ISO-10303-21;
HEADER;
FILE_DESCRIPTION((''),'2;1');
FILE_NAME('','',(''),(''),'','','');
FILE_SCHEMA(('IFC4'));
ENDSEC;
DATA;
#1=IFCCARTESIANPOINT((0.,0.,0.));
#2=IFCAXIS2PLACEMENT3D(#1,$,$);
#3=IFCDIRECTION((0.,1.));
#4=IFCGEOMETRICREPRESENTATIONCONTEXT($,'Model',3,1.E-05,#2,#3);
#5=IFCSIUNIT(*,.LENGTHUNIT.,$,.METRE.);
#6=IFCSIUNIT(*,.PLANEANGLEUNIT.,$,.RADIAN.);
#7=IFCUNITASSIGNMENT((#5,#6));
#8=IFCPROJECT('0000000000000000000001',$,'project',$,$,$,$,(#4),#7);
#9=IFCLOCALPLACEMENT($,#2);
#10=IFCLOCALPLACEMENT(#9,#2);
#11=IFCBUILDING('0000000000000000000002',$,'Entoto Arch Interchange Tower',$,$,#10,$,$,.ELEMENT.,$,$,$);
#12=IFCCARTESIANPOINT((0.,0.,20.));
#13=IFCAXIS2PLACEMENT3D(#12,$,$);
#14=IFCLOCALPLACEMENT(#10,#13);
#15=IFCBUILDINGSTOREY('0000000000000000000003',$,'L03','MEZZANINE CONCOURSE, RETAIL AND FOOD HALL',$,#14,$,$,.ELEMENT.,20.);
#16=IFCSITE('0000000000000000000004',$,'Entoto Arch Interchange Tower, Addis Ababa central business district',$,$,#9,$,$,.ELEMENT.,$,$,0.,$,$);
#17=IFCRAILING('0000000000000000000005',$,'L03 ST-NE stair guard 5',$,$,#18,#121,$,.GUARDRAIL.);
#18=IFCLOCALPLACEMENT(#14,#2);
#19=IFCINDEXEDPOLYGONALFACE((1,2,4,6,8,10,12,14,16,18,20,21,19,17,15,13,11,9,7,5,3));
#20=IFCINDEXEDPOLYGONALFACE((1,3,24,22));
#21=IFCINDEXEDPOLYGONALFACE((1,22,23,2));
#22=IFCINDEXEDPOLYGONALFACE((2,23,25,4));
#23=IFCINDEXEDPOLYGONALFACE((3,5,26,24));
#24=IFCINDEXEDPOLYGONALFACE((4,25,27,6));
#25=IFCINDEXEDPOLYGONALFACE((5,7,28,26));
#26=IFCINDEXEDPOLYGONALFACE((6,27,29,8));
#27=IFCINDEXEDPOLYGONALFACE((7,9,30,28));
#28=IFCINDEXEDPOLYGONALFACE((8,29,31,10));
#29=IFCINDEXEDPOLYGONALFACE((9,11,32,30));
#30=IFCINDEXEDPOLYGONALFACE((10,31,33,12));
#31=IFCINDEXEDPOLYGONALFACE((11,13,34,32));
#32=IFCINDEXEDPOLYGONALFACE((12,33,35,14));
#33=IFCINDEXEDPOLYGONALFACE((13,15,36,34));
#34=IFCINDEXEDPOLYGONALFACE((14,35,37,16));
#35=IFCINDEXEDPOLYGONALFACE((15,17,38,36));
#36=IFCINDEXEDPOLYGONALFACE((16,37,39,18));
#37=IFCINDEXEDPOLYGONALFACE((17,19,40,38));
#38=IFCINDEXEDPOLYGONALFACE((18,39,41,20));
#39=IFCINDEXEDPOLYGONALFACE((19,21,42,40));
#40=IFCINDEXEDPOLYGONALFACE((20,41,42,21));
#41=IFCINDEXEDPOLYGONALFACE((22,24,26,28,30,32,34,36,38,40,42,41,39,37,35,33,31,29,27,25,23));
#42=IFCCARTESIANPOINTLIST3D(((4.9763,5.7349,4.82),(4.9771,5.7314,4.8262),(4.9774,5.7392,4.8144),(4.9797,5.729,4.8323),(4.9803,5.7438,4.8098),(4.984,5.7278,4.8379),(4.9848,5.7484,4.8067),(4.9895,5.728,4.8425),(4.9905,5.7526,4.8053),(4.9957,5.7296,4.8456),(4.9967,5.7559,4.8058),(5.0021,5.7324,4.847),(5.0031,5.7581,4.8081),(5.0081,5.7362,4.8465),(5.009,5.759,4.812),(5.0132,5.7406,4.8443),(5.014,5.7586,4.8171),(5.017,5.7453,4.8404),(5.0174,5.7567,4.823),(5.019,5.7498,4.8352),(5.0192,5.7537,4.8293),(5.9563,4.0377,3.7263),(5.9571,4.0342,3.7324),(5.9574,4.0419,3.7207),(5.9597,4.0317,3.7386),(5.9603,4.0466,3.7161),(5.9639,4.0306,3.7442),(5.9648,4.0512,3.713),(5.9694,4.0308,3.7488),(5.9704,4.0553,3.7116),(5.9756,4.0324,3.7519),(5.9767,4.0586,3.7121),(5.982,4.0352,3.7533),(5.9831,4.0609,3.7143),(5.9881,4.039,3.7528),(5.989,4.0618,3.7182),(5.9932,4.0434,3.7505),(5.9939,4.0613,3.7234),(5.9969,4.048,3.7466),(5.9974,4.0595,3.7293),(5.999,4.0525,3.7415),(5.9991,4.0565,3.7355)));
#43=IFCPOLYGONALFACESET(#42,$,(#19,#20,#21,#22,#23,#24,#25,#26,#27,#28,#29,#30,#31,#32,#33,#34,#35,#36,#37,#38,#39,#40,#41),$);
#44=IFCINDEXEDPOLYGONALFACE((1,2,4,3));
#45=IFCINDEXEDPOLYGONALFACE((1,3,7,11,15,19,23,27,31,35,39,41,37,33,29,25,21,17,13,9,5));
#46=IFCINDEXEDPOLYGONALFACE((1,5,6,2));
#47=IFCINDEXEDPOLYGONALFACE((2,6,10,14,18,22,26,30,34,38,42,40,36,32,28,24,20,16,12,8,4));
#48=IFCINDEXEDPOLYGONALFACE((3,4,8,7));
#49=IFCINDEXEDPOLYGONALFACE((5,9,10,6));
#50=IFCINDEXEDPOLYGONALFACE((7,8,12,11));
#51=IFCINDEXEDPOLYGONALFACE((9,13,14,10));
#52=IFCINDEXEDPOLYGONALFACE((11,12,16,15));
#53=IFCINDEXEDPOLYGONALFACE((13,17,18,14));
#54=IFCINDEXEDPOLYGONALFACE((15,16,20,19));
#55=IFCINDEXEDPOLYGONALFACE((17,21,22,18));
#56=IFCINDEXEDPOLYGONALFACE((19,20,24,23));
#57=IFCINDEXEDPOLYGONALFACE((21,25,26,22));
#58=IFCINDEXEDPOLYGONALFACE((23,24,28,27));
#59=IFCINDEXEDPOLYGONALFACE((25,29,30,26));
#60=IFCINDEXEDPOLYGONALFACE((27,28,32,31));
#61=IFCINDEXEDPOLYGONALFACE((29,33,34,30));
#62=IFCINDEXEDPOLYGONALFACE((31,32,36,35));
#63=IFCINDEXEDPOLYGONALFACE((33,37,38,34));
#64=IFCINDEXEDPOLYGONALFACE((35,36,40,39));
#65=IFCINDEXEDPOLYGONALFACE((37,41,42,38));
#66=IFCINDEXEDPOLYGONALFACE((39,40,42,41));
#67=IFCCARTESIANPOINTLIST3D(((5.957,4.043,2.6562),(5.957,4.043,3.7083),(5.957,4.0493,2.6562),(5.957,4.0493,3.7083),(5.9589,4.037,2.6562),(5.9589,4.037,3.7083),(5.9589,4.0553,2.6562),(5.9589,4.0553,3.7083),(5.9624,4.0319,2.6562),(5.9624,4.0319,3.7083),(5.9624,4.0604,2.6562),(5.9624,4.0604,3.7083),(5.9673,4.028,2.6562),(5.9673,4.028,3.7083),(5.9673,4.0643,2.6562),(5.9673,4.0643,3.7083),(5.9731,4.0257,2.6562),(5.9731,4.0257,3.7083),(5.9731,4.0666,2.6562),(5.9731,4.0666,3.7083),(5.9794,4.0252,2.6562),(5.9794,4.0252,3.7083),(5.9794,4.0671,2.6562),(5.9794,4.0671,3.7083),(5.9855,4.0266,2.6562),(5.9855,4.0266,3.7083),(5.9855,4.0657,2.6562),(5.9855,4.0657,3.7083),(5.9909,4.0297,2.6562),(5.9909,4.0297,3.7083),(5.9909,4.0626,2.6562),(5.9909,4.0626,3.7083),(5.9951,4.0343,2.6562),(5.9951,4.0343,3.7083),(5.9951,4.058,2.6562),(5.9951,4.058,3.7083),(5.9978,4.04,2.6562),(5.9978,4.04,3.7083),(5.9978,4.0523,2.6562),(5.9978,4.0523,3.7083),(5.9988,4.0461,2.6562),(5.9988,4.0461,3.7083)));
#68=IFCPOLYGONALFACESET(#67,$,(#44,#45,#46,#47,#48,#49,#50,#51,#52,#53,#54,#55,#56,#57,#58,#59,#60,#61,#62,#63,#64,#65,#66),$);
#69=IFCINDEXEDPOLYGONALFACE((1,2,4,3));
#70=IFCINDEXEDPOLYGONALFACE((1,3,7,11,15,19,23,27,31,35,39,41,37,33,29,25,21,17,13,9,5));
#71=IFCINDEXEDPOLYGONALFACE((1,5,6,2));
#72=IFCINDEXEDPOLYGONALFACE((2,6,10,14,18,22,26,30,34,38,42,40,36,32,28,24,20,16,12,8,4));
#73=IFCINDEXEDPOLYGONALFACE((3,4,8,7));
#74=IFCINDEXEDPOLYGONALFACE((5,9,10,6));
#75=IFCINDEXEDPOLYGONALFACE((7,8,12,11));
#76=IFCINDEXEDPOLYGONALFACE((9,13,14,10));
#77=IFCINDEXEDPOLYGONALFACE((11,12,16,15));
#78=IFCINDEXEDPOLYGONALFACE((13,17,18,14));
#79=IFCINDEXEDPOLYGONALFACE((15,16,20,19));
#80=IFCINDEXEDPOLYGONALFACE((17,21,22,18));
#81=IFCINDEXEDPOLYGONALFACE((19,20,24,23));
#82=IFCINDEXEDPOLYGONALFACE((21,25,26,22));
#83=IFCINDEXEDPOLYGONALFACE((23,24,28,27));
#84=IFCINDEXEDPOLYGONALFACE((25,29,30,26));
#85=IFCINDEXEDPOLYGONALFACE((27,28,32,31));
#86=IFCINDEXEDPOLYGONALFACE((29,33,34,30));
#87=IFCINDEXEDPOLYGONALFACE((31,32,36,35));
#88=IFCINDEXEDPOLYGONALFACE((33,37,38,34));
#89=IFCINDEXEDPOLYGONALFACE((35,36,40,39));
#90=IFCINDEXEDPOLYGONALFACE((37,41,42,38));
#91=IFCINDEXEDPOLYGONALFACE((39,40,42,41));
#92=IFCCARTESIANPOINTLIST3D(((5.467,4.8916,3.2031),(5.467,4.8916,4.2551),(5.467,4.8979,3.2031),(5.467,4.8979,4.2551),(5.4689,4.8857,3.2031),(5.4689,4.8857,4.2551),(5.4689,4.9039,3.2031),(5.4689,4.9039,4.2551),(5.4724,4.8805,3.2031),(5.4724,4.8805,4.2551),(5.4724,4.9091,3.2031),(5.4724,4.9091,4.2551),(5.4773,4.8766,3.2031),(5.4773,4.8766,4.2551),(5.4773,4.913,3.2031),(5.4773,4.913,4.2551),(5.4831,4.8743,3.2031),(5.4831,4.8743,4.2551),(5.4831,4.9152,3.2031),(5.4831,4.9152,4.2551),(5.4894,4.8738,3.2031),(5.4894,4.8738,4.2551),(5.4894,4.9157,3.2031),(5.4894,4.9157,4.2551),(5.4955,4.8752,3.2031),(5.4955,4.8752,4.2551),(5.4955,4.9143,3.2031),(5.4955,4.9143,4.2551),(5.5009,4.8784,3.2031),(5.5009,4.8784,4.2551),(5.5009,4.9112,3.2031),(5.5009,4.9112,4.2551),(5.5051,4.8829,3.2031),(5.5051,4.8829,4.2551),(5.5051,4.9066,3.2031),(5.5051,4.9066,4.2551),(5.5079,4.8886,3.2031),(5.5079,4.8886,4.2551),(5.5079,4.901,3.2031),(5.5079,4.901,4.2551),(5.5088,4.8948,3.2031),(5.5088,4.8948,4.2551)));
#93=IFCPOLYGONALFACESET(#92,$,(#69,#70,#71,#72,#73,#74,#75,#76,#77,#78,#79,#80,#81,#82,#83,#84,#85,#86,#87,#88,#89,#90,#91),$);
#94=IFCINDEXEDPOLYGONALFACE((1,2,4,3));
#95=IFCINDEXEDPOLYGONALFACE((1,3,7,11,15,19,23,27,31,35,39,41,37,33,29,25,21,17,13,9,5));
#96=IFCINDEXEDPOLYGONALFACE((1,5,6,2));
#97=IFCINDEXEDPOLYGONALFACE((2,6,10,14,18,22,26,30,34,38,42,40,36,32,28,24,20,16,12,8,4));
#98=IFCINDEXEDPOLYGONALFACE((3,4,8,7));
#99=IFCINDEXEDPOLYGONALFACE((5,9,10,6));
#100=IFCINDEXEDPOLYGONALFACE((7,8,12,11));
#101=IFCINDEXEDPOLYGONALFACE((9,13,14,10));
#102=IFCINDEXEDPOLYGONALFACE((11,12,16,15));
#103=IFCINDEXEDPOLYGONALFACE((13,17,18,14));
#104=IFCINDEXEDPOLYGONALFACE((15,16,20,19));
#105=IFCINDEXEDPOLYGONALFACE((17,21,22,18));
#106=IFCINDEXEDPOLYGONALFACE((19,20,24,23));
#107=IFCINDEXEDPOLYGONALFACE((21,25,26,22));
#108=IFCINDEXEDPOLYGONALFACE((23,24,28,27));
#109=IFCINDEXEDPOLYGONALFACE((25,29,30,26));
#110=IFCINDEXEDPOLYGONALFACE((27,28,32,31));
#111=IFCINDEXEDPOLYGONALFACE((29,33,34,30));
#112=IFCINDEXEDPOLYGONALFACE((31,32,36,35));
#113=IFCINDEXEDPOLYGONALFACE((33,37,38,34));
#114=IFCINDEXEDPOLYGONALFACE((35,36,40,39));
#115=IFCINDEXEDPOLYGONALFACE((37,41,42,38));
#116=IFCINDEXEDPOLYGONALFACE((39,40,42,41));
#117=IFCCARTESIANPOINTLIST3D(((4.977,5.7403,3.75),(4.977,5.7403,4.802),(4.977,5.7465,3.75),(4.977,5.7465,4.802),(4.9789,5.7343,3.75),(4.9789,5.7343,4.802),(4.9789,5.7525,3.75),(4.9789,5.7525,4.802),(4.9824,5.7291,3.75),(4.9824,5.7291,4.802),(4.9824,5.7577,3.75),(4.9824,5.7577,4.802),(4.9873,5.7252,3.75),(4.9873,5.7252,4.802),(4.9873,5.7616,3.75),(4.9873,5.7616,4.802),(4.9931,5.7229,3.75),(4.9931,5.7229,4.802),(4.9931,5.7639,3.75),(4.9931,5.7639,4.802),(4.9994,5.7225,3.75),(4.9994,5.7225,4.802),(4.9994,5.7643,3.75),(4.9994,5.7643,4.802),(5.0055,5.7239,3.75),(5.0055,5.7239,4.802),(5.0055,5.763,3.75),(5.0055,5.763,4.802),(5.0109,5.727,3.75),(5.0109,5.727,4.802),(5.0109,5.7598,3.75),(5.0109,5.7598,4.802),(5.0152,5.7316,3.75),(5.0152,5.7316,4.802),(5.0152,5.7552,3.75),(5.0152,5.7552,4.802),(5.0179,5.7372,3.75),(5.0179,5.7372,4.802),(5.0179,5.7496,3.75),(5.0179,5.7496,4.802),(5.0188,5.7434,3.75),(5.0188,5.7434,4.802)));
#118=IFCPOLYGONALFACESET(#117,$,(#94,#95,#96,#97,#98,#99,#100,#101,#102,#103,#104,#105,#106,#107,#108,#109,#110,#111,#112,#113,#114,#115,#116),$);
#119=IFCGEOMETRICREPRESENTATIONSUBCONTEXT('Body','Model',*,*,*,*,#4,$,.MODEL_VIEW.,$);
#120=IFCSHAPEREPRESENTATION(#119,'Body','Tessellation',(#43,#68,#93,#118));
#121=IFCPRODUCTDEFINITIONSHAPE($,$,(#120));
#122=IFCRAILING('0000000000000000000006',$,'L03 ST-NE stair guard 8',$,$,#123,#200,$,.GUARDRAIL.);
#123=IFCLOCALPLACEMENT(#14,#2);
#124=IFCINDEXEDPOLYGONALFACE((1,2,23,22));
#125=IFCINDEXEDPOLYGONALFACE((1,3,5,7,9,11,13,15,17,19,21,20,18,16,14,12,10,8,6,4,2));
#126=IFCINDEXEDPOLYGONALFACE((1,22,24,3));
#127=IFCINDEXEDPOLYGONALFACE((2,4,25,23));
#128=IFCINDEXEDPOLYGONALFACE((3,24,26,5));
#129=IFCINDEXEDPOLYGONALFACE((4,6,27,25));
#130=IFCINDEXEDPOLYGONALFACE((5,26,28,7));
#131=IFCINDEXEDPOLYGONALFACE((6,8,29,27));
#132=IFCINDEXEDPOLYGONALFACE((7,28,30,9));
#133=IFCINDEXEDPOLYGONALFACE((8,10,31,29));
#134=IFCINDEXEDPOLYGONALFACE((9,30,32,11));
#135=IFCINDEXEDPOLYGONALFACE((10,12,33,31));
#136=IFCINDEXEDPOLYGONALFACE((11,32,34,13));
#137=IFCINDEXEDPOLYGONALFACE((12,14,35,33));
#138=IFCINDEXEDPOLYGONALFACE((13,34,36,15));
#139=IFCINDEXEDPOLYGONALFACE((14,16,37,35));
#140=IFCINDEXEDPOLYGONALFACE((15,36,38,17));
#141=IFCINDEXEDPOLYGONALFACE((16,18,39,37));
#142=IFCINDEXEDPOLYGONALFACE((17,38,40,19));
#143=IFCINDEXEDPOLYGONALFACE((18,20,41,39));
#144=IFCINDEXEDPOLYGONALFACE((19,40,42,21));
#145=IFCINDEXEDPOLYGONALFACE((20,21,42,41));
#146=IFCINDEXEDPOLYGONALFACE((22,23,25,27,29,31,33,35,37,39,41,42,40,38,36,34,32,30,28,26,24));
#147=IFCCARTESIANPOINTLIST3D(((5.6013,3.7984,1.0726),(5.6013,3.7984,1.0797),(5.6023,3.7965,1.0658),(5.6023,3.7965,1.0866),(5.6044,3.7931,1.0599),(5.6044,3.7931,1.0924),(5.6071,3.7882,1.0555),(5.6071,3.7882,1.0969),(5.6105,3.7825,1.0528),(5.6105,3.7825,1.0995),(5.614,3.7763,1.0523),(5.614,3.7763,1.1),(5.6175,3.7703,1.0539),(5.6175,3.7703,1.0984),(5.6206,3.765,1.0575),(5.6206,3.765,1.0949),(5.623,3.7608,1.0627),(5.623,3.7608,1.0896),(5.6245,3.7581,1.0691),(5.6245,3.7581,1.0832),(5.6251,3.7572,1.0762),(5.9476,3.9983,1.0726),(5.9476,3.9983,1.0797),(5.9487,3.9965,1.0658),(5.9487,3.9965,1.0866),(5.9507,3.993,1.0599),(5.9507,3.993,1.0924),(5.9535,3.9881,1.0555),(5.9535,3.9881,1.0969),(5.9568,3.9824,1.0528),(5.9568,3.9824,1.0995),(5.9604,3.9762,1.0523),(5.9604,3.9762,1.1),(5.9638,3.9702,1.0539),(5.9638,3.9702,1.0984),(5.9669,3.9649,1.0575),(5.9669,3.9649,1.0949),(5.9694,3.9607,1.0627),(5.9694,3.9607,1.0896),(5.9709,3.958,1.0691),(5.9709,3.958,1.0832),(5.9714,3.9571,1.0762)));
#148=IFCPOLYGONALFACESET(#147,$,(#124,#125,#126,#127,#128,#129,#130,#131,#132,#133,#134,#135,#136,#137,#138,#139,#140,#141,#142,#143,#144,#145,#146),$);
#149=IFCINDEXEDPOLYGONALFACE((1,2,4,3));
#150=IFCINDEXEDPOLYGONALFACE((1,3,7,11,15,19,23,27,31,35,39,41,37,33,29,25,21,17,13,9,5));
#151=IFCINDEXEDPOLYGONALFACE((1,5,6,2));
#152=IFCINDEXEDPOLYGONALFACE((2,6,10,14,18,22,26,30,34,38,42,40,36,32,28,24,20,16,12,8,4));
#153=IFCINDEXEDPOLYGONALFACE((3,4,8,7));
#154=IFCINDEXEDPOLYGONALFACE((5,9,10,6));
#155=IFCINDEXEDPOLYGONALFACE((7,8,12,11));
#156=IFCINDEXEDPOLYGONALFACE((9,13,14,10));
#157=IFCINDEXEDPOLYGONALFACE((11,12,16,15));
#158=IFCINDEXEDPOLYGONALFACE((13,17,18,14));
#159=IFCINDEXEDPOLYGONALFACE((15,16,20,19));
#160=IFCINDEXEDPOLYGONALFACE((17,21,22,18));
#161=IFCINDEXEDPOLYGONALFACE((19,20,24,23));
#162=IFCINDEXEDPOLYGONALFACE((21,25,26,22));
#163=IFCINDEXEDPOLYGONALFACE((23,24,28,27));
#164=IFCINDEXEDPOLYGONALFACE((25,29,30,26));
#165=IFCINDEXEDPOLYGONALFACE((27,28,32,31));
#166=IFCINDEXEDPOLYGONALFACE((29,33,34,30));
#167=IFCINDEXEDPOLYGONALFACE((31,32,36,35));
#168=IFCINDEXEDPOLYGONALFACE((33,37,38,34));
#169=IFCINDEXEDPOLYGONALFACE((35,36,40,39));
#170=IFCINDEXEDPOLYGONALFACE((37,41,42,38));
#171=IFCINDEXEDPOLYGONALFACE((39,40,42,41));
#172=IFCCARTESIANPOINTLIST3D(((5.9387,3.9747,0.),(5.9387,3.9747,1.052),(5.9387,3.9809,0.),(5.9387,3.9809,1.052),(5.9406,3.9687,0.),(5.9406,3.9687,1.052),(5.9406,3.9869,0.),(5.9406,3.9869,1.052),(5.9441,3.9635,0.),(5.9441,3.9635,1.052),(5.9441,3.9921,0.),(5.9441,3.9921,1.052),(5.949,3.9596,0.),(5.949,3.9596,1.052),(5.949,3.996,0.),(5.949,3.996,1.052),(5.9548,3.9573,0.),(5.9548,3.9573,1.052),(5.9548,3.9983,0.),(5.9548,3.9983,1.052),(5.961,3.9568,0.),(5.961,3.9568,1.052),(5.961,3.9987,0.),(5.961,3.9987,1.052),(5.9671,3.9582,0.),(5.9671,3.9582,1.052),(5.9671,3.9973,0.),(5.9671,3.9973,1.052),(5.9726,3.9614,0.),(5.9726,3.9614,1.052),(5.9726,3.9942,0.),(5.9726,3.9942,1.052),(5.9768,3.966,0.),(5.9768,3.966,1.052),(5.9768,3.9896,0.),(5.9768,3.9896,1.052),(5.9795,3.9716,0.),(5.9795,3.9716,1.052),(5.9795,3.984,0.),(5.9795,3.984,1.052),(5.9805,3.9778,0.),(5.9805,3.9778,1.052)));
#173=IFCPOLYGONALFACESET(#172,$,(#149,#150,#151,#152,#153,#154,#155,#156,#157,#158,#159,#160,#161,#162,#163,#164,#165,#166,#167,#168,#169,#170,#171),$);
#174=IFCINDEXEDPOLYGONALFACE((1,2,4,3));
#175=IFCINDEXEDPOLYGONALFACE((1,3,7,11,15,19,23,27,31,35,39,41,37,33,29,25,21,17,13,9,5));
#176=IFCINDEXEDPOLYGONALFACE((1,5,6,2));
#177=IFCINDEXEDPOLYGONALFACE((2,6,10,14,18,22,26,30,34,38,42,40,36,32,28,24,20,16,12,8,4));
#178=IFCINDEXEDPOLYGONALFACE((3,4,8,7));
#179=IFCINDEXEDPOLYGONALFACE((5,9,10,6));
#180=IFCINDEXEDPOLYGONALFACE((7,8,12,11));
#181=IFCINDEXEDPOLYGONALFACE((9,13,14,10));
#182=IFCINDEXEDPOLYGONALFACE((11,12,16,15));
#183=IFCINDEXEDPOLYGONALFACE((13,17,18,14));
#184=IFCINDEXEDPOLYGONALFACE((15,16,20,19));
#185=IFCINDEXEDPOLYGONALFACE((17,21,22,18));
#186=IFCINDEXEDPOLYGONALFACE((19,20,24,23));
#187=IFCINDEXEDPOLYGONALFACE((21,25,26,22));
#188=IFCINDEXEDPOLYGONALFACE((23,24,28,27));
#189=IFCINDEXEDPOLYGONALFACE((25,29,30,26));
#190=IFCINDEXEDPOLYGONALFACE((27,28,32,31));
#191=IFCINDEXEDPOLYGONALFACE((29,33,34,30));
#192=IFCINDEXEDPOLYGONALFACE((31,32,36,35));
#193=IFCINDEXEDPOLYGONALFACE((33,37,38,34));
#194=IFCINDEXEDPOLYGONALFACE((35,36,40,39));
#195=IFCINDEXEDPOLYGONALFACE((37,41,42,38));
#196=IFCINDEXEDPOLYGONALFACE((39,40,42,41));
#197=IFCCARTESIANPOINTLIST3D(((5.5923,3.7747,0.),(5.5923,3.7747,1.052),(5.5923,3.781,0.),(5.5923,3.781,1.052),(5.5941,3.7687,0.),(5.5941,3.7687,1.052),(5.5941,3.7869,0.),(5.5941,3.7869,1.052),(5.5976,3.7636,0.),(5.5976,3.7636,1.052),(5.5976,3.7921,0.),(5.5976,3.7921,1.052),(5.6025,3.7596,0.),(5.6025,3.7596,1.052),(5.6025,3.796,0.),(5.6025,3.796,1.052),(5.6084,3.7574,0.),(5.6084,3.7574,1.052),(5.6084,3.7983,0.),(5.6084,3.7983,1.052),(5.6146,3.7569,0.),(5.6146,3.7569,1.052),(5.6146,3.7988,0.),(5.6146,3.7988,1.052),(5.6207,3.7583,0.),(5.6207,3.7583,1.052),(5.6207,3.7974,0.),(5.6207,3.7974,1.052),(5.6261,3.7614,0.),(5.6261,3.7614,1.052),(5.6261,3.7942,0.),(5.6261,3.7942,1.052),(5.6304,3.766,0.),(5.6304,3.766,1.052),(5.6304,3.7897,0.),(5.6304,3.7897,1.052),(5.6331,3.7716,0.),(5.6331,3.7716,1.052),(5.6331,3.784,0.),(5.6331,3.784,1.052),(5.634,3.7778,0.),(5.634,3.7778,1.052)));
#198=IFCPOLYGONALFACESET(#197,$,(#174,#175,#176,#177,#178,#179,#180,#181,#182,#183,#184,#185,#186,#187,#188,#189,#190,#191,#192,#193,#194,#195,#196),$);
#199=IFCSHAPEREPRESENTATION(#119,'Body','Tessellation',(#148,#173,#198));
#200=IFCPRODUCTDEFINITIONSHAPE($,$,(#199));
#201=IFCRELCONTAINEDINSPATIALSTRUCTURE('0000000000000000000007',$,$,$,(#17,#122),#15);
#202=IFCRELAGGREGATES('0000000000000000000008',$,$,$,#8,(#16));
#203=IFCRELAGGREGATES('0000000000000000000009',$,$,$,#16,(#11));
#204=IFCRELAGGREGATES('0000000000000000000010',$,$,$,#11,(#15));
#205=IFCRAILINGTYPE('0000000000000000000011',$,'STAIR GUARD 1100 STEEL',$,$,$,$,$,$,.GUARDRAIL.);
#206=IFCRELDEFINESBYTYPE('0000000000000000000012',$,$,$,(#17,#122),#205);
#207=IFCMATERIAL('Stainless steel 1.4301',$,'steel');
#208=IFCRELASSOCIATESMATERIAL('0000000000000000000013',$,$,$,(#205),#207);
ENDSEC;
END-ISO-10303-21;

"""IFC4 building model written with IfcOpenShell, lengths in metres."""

from ifc_helpers import new_model, si_unit, direction, frame, origin, origin_2d, place, context, subcontext, project, spatial, circle, extrude, material, type_object, element, save


model = new_model("IFC4")

# Units and contexts
model_context = context("Model", 3, precision=1e-05, world=origin(), true_north=direction((0.0, 1.0)))
body_context = subcontext(model_context, "Body", "Model", "MODEL_VIEW")
ifc_project = project(units=[si_unit("LENGTHUNIT", "METRE"), si_unit("PLANEANGLEUNIT", "RADIAN")], contexts=[model_context])

# Site, building, storey
site_placement = place(None, origin())
site = spatial("IfcSite", under=ifc_project, at=site_placement, Name="Entoto Arch Interchange Tower, Addis Ababa central business district", CompositionType="ELEMENT", RefElevation=0.0)
building_placement = place(site_placement, origin())
building = spatial("IfcBuilding", under=site, at=building_placement, Name="Entoto Arch Interchange Tower", CompositionType="ELEMENT")
storey_placement = place(building_placement, frame((0.0, 0.0, 20.0)))
storey = spatial("IfcBuildingStorey", under=building, at=storey_placement, Name="L03", Description="MEZZANINE CONCOURSE, RETAIL AND FOOD HALL", CompositionType="ELEMENT", Elevation=20.0)

# Railings
ifc_material_1 = material(Name="Stainless steel 1.4301", Category="steel")
railing_type_1 = type_object("IfcRailingType", Name="STAIR GUARD 1100 STEEL", PredefinedType="GUARDRAIL", material=ifc_material_1)
railing_1_placement = place(storey_placement, frame((5.9778, 4.0461, 2.6562)))
element("IfcRailing", 1, at=railing_1_placement, inside=storey, type_object=railing_type_1, Name="L03 ST-NE stair guard 5", PredefinedType="GUARDRAIL", context=body_context, shape_type="SweptSolid", body=[
    extrude(circle(Radius=0.0239, at=origin_2d()), frame((0.0, 0.0, 1.0762), z_axis=(-0.436632, 0.75622, 0.487323), x_axis=(-0.866011, -0.500024, 0.0)), (0.0, 0.0, 1.0), 2.2444),
    extrude(circle(Radius=0.021, at=origin_2d()), origin(), (0.0, 0.0, 1.0), 1.052),
    extrude(circle(Radius=0.021, at=origin_2d()), frame((-0.49, 0.8486, 0.5469)), (0.0, 0.0, 1.0), 1.052),
    extrude(circle(Radius=0.021, at=origin_2d()), frame((-0.98, 1.6973, 1.0938)), (0.0, 0.0, 1.0), 1.052),
])
railing_2_placement = place(storey_placement, frame((5.9595, 3.9778, 0.0)))
element("IfcRailing", 2, at=railing_2_placement, inside=storey, type_object=railing_type_1, Name="L03 ST-NE stair guard 8", PredefinedType="GUARDRAIL", context=body_context, shape_type="SweptSolid", body=[
    extrude(circle(Radius=0.0239, at=origin_2d()), frame((0.0, 0.0, 1.0762), z_axis=(-0.866094, -0.499881, 0.0), x_axis=(0.499881, -0.866094, 0.0)), (0.0, 0.0, 1.0), 0.3999),
    extrude(circle(Radius=0.021, at=origin_2d()), origin(), (0.0, 0.0, 1.0), 1.052),
    extrude(circle(Radius=0.021, at=origin_2d()), frame((-0.3464, -0.2, 0.0)), (0.0, 0.0, 1.0), 1.052),
])

save(model, "model.ifc")
